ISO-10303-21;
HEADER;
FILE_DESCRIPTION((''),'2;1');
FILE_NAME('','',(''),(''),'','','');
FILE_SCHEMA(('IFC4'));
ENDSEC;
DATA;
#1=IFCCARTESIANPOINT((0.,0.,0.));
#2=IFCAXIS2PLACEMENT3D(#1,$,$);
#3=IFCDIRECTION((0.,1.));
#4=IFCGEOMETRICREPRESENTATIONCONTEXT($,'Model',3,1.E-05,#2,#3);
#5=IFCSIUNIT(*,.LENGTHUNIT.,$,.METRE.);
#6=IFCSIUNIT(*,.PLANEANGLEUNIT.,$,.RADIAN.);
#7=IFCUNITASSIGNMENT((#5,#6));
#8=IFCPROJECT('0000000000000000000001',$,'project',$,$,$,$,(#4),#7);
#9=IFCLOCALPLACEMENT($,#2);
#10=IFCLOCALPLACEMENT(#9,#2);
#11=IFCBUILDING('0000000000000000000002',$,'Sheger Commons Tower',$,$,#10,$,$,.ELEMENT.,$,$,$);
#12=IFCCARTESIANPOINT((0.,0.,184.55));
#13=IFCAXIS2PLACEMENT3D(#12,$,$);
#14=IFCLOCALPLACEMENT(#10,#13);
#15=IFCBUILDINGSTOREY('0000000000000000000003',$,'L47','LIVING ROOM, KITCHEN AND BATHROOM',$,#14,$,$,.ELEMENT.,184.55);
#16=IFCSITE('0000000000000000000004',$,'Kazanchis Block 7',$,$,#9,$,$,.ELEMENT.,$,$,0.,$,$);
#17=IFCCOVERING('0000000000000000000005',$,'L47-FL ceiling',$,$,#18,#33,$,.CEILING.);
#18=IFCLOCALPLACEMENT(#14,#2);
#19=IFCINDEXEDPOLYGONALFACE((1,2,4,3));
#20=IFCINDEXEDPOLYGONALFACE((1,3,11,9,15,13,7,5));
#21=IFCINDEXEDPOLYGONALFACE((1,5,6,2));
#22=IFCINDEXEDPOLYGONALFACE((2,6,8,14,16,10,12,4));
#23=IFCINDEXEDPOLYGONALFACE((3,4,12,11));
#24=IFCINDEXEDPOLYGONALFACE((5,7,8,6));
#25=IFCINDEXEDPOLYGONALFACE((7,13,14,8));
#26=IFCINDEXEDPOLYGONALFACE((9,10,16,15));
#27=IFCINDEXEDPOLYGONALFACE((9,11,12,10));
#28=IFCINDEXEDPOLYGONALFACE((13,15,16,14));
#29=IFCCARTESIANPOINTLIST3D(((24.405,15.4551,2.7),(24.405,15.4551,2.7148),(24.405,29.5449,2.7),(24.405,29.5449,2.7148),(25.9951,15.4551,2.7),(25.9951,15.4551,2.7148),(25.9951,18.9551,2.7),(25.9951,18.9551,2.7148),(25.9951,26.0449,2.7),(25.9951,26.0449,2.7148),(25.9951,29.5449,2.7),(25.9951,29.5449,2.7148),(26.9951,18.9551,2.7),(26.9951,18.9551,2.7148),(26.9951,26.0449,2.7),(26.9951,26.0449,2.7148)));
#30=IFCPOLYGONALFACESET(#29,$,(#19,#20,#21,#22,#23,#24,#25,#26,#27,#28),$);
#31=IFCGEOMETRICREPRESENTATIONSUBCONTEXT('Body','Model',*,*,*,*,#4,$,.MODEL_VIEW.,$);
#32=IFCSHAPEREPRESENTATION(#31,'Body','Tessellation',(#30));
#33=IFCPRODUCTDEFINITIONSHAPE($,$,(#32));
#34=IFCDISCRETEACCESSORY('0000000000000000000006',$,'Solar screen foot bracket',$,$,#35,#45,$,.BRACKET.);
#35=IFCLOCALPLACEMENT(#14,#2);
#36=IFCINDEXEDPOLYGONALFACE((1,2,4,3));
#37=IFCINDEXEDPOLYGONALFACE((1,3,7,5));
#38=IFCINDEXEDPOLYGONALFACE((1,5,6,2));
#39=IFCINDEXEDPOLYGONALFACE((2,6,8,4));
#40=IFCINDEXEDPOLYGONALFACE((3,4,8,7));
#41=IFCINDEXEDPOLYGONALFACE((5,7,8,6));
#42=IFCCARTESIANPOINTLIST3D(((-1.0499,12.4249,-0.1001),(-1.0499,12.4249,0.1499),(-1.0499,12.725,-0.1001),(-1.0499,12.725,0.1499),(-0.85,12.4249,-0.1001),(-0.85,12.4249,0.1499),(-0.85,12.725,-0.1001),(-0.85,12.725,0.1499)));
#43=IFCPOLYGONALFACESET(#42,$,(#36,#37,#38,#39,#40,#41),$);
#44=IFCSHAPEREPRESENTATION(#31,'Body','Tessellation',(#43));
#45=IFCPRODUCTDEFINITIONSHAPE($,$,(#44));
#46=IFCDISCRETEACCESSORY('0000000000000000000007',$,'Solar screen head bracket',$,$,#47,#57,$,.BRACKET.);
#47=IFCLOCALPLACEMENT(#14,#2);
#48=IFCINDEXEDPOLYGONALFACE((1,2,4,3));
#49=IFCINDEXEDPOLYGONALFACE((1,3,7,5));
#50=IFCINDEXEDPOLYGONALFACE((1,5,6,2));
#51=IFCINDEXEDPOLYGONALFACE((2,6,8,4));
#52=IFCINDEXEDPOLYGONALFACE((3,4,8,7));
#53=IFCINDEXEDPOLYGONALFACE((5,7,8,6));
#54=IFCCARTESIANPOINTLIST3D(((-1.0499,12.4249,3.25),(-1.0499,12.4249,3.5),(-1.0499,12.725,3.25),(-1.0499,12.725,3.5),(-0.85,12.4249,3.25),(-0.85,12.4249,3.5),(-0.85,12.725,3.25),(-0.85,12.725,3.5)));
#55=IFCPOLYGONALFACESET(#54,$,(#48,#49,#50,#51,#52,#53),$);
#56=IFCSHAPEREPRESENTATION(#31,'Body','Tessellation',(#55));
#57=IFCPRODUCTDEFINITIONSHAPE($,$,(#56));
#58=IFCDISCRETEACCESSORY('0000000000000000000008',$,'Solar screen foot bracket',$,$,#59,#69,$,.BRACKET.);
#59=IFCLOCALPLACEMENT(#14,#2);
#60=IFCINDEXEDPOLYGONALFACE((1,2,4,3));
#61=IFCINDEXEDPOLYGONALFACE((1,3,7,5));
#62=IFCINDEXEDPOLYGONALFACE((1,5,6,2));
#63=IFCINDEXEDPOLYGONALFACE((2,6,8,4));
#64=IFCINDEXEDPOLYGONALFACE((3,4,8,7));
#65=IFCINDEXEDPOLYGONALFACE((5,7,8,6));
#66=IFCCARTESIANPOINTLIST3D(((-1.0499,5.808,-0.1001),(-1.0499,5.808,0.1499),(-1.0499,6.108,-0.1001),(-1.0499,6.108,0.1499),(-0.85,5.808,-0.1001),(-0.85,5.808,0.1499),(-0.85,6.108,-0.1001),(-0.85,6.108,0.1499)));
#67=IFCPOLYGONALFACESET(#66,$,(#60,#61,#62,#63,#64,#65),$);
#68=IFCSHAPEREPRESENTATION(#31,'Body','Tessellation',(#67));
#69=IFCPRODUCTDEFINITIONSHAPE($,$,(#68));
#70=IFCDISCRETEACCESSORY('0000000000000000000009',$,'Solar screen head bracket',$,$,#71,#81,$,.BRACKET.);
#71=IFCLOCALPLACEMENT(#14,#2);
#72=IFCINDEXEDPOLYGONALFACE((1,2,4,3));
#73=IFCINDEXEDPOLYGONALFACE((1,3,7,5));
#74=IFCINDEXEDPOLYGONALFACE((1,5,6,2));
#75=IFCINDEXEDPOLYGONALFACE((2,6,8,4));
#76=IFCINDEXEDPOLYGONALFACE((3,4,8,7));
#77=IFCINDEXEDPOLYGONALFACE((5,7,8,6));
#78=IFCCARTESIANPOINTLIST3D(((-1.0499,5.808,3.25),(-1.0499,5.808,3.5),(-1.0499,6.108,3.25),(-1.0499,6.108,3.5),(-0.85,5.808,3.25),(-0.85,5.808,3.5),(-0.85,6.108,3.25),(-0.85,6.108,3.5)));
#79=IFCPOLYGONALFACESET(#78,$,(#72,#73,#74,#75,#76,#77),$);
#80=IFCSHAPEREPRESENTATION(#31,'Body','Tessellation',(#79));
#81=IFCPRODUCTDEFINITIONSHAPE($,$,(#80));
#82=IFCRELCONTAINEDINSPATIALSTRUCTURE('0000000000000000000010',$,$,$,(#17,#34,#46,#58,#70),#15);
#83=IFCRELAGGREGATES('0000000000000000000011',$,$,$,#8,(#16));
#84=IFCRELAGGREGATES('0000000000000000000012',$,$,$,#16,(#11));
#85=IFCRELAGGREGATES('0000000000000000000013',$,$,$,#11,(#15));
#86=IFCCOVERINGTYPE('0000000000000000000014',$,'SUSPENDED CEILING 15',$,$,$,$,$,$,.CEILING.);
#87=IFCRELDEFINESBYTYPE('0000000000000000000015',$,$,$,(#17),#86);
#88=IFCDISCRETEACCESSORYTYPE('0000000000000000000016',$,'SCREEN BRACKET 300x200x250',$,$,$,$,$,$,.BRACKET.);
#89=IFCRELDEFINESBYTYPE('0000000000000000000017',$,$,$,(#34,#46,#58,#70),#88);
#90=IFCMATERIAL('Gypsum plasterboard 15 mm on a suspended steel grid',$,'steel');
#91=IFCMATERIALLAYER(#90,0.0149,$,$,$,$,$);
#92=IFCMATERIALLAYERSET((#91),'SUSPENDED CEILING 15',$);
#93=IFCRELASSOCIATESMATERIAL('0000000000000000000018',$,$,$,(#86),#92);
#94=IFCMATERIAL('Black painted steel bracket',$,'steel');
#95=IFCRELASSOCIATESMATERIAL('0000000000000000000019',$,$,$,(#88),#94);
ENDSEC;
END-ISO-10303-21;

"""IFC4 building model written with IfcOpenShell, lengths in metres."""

from ifc_helpers import new_model, si_unit, direction, frame, origin, origin_2d, place, context, subcontext, project, spatial, polyline, rectangle, outline, extrude, material, layer, layer_set, type_object, element, save


model = new_model("IFC4")

# Units and contexts
model_context = context("Model", 3, precision=1e-05, world=origin(), true_north=direction((0.0, 1.0)))
body_context = subcontext(model_context, "Body", "Model", "MODEL_VIEW")
ifc_project = project(units=[si_unit("LENGTHUNIT", "METRE"), si_unit("PLANEANGLEUNIT", "RADIAN")], contexts=[model_context])

# Site, building, storey
site_placement = place(None, origin())
site = spatial("IfcSite", under=ifc_project, at=site_placement, Name="Kazanchis Block 7", CompositionType="ELEMENT", RefElevation=0.0)
building_placement = place(site_placement, origin())
building = spatial("IfcBuilding", under=site, at=building_placement, Name="Sheger Commons Tower", CompositionType="ELEMENT")
storey_placement = place(building_placement, frame((0.0, 0.0, 184.55)))
storey = spatial("IfcBuildingStorey", under=building, at=storey_placement, Name="L47", Description="LIVING ROOM, KITCHEN AND BATHROOM", CompositionType="ELEMENT", Elevation=184.55)

# Covering
ifc_material_1 = material(Name="Gypsum plasterboard 15 mm on a suspended steel grid", Category="steel")
ifc_layer_1 = layer(ifc_material_1, 0.0149)
ifc_layer_set_1 = layer_set([ifc_layer_1], Name="SUSPENDED CEILING 15")
covering_type_1 = type_object("IfcCoveringType", Name="SUSPENDED CEILING 15", PredefinedType="CEILING", material=ifc_layer_set_1)
covering_1_placement = place(storey_placement, frame((0.0, 0.0, 2.7)))
element("IfcCovering", 1, at=covering_1_placement, inside=storey, type_object=covering_type_1, Name="L47-FL ceiling", PredefinedType="CEILING", context=body_context, shape_type="SweptSolid", body=[
    extrude(outline(polyline([(24.405, 15.4551), (25.9951, 15.4551), (25.9951, 18.9551), (26.9951, 18.9551), (26.9951, 26.0449), (25.9951, 26.0449), (25.9951, 29.5449), (24.405, 29.5449), (24.405, 15.4551)])), origin(), (0.0, 0.0, 1.0), 0.0149),
])

# Discrete accessories
ifc_material_2 = material(Name="Black painted steel bracket", Category="steel")
discrete_accessory_type = type_object("IfcDiscreteAccessoryType", Name="SCREEN BRACKET 300x200x250", PredefinedType="BRACKET", material=ifc_material_2)
for number, where, z_axis, x_axis, name in (
    (2, (-0.95, 12.575, -0.1001), (0.0, 0.0, 1.0), (0.0, -1.0, 0.0), "Solar screen foot bracket"),
    (3, (-0.95, 12.575, 3.25), (0.0, 0.0, 1.0), (0.0, -1.0, 0.0), "Solar screen head bracket"),
    (4, (-0.95, 5.958, -0.1001), (0.0, 0.0, 1.0), (0.0, -1.0, 0.0), "Solar screen foot bracket"),
    (5, (-0.95, 5.958, 3.25), (0.0, 0.0, 1.0), (0.0, -1.0, 0.0), "Solar screen head bracket"),
):
    element("IfcDiscreteAccessory", number, at=place(storey_placement, frame(where, z_axis=z_axis, x_axis=x_axis)), inside=storey, type_object=discrete_accessory_type, Name=name, PredefinedType="BRACKET", context=body_context, shape_type="SweptSolid", body=[
        extrude(rectangle(XDim=0.3, YDim=0.2, at=origin_2d()), origin(), (0.0, 0.0, 1.0), 0.25),
    ])

save(model, "model.ifc")
